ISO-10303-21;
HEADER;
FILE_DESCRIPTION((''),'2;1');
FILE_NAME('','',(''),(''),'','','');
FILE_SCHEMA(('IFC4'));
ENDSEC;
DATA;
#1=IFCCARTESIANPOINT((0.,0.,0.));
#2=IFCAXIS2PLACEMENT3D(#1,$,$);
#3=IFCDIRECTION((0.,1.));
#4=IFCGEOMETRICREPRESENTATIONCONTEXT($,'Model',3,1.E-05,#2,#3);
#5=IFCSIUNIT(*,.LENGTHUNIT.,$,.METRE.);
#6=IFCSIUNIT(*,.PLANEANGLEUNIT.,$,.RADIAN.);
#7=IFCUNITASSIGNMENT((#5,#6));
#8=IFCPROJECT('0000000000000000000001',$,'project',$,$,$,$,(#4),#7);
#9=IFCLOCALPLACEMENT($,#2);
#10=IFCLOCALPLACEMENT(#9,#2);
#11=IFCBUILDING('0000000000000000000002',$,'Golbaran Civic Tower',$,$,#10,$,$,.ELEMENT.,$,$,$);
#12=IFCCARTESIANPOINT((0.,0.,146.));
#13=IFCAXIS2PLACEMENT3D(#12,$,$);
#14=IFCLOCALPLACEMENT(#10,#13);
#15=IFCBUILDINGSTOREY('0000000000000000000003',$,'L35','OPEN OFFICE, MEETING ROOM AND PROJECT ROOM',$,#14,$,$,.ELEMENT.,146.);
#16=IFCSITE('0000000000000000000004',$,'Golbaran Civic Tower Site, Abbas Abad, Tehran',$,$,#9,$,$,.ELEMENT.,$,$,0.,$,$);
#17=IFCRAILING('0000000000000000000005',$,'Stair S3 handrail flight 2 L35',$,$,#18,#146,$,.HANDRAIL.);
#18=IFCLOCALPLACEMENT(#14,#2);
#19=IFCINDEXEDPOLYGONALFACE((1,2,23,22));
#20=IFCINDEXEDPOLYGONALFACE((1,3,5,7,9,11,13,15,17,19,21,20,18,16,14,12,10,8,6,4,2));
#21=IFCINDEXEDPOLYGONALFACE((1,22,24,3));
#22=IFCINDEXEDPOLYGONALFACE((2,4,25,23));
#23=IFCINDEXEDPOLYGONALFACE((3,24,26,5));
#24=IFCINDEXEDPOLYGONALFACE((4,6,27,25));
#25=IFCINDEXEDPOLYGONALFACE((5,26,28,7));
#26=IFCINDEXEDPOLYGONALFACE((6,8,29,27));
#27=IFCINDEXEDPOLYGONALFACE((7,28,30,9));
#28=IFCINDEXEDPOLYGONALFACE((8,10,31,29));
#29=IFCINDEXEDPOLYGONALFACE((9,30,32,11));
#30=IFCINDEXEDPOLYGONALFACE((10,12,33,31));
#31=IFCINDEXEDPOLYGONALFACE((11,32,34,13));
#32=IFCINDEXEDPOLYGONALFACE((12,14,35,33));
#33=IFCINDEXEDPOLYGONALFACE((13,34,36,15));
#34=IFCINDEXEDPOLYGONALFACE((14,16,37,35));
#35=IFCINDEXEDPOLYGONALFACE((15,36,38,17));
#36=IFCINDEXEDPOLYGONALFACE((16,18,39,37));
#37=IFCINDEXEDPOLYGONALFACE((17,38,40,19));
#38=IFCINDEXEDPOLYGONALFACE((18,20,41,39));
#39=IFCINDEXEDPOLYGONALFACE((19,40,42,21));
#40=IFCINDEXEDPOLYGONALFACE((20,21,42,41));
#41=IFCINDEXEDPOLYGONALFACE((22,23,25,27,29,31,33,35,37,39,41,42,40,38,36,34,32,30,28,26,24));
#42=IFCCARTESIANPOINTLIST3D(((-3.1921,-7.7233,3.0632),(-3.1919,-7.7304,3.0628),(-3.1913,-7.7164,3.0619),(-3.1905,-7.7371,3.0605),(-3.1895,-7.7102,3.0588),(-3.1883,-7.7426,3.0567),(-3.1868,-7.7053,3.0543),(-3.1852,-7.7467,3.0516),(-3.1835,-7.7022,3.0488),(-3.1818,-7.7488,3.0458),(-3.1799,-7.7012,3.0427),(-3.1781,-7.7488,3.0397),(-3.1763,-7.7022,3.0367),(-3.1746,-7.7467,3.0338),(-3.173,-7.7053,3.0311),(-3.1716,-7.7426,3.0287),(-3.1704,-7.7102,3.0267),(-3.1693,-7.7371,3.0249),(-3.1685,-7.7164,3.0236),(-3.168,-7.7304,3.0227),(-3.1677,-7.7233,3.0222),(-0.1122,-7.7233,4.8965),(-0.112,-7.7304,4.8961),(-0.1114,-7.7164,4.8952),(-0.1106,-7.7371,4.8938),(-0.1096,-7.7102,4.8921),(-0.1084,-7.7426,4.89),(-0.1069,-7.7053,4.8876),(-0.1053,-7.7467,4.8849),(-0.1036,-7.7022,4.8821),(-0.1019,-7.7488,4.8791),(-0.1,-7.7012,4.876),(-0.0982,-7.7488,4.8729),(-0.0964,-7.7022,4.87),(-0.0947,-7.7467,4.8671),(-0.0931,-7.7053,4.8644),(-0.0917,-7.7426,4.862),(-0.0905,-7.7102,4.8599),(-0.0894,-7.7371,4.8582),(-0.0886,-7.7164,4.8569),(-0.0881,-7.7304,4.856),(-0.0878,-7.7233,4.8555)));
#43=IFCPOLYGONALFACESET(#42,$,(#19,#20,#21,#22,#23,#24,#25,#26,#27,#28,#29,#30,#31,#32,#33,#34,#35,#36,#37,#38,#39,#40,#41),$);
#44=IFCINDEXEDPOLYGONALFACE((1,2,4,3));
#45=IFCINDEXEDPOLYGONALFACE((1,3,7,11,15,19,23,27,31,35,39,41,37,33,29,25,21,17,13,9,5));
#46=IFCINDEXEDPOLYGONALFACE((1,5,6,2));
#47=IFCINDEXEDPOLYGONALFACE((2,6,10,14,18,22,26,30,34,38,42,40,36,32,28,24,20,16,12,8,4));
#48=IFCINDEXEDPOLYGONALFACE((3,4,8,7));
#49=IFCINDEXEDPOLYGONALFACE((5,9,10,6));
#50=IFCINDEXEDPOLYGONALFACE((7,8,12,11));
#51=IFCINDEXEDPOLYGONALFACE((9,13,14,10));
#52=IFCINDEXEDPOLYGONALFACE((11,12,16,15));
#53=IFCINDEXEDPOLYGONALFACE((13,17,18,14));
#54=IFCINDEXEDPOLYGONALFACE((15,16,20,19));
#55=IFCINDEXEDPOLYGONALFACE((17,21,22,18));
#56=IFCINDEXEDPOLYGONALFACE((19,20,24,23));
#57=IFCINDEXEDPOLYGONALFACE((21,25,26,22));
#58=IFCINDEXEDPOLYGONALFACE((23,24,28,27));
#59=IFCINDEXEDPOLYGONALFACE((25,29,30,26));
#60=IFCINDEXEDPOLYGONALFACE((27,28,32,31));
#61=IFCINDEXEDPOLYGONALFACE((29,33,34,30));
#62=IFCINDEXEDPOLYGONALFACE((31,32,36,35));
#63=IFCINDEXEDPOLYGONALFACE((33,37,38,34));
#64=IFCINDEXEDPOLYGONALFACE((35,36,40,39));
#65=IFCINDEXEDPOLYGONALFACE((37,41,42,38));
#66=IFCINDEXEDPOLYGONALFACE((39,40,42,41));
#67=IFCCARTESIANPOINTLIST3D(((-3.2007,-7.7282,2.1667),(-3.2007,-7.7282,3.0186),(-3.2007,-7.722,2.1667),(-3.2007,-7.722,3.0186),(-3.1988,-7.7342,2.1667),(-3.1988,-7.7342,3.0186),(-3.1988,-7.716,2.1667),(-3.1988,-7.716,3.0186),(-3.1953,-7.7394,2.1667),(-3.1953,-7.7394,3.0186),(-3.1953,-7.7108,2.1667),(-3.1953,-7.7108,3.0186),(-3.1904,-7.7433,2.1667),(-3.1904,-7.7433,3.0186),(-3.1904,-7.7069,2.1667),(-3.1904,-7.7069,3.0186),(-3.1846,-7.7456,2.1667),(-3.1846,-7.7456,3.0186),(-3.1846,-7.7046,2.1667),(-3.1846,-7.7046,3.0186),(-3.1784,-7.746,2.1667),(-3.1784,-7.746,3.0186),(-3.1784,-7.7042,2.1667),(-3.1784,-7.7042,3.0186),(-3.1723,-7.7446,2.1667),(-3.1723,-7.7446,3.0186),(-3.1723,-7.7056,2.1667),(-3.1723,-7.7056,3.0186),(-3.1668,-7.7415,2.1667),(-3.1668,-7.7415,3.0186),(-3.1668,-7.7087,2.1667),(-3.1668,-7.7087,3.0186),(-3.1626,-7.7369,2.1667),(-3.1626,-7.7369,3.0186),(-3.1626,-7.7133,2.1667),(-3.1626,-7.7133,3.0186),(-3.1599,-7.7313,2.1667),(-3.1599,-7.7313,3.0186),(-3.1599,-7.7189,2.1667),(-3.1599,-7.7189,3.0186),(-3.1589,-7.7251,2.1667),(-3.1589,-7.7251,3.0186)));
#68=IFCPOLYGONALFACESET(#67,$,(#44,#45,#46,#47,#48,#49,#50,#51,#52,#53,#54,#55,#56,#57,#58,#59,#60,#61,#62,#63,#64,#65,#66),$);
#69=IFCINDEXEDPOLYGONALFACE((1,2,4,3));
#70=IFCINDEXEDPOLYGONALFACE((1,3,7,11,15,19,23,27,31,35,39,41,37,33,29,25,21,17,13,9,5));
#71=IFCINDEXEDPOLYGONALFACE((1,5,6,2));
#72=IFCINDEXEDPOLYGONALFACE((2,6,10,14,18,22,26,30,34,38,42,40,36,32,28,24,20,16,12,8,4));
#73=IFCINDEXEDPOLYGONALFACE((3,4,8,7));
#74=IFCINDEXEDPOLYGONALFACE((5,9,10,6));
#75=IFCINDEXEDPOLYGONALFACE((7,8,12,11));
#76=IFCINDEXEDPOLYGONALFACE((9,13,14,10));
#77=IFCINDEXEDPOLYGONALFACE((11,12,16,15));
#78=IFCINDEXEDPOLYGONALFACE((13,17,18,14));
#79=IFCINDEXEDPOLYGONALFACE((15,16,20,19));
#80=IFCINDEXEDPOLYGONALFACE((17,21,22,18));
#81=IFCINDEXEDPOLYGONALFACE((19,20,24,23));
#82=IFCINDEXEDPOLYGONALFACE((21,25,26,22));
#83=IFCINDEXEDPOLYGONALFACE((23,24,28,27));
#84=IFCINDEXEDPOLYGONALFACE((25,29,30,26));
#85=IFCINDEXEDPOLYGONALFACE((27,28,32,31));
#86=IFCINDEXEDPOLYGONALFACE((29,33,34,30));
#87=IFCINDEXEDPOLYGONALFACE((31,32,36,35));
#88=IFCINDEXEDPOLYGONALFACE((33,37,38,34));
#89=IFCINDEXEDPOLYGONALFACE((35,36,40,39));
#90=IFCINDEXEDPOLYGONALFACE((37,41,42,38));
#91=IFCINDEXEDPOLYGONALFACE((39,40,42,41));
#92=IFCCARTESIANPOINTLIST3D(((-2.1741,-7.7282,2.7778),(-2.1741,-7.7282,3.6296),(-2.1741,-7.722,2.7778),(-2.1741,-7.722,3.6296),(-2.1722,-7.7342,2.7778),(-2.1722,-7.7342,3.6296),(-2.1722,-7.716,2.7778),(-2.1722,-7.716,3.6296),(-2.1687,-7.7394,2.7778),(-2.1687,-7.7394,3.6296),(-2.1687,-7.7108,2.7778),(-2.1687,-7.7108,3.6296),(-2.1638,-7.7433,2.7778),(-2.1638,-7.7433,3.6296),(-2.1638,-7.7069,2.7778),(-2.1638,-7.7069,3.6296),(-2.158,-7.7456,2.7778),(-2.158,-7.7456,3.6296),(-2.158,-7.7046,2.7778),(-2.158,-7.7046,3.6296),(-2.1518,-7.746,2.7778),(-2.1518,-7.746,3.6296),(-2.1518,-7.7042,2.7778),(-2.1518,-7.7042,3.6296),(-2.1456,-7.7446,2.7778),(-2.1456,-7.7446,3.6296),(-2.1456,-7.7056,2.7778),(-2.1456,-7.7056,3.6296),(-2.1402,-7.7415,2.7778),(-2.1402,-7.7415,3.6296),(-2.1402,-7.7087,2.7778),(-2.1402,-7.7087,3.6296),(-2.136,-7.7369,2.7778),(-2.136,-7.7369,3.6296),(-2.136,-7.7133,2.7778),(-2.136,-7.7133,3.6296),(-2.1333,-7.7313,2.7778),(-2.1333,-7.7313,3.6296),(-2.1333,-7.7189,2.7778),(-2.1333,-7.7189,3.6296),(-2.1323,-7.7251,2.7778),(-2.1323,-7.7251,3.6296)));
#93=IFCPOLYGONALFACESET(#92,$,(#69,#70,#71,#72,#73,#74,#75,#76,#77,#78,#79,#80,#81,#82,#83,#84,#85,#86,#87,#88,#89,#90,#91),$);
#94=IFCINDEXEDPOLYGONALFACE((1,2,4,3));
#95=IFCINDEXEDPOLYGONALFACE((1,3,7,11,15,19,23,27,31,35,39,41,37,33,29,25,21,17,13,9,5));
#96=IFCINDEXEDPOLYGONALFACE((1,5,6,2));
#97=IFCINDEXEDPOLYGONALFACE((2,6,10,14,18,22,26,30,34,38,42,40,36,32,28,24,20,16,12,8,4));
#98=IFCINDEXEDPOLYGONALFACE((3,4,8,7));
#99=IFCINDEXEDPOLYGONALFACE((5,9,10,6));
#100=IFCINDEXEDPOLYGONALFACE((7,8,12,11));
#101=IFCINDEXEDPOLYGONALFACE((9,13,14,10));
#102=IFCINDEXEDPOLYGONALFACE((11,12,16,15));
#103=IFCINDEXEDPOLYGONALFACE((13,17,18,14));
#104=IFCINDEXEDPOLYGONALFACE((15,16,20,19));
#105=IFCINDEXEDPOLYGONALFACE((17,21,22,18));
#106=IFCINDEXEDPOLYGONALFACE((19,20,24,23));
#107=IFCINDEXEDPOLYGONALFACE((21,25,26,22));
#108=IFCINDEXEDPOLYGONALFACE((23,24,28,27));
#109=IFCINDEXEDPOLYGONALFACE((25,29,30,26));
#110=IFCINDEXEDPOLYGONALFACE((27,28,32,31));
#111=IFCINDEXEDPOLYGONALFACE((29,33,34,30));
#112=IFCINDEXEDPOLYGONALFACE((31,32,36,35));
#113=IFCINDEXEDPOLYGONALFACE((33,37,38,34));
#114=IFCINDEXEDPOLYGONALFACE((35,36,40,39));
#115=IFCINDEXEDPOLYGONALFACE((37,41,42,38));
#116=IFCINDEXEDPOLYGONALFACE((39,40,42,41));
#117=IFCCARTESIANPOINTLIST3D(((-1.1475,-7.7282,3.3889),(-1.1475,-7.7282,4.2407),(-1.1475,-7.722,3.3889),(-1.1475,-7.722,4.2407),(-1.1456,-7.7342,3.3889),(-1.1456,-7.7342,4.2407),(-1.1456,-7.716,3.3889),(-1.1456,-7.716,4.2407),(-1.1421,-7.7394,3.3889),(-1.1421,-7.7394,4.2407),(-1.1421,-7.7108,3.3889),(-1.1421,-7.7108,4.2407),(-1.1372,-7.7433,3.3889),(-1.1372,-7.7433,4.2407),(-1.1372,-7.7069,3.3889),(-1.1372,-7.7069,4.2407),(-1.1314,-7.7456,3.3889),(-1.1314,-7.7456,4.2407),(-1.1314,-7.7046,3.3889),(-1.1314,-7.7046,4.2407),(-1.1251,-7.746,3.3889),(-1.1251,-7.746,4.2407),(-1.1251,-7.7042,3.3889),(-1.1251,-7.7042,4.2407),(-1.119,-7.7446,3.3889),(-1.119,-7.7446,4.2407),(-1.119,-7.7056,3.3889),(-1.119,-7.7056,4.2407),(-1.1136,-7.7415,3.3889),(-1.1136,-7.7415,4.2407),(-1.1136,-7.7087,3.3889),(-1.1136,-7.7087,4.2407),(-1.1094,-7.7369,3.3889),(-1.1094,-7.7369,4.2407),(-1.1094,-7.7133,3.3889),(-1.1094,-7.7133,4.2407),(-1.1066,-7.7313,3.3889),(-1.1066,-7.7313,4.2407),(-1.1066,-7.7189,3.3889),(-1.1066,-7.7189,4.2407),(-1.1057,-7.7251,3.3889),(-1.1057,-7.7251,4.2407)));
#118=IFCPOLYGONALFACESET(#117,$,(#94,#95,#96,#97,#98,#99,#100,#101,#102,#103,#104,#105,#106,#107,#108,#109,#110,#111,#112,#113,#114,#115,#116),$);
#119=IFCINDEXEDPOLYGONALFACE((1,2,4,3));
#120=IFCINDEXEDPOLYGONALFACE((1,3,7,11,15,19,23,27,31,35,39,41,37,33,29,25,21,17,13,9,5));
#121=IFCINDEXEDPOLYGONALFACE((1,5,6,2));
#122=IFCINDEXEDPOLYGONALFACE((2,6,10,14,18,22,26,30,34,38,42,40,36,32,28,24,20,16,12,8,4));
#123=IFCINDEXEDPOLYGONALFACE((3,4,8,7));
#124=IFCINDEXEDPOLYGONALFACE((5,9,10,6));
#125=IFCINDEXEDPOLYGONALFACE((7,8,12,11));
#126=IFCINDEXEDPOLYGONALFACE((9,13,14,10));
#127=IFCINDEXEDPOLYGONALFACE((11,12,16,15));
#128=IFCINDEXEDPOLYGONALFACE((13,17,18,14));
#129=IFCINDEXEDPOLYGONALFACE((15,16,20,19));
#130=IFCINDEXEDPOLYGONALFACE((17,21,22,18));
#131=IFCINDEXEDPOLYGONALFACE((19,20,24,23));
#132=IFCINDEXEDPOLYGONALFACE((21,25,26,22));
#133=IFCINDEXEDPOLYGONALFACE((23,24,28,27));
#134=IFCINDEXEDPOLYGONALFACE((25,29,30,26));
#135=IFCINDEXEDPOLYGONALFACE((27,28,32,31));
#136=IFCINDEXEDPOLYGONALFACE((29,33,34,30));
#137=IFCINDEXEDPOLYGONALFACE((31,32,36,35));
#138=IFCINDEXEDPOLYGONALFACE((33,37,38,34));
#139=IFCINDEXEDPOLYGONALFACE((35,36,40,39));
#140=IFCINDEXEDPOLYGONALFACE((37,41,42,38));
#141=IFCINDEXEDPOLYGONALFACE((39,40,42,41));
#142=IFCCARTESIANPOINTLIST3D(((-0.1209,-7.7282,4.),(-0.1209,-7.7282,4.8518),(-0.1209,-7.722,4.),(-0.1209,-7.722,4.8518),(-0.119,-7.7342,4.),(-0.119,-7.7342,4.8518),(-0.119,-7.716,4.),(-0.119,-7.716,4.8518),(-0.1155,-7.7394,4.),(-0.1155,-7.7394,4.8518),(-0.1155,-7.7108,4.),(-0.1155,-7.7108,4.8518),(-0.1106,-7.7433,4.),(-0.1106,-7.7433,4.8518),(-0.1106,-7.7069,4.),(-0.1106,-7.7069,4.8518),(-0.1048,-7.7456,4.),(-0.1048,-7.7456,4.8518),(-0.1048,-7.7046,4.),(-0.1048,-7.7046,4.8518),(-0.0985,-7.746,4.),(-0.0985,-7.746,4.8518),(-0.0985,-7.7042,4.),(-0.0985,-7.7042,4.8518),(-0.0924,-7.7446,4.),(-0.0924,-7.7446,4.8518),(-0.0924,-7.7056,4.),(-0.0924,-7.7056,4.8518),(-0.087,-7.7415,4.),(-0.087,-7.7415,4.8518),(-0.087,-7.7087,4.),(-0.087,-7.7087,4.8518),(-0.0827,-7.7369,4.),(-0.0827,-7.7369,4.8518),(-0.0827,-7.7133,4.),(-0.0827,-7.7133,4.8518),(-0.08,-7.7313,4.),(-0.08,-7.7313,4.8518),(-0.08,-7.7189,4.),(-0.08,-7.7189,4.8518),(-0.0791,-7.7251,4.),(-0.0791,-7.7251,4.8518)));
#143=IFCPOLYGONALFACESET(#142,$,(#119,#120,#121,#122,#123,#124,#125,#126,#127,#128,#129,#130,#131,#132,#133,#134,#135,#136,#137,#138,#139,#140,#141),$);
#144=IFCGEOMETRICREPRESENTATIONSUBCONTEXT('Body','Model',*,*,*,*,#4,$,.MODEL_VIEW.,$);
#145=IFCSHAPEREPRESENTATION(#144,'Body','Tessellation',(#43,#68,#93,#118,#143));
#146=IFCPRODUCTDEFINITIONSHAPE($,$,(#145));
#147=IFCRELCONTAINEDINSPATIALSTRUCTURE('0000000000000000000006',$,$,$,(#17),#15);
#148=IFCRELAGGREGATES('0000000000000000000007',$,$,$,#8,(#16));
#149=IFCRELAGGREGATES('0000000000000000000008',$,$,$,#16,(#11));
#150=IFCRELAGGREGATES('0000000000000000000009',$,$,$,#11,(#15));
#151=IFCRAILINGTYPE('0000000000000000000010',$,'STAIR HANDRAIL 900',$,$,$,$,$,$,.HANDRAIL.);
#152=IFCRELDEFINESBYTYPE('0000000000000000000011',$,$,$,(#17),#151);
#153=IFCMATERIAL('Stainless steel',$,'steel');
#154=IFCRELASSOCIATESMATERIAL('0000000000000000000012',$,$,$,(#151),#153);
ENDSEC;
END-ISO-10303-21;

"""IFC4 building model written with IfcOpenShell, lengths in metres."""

from ifc_helpers import new_model, si_unit, direction, frame, origin, origin_2d, place, context, subcontext, project, spatial, circle, extrude, material, type_object, element, save


model = new_model("IFC4")

# Units and contexts
model_context = context("Model", 3, precision=1e-05, world=origin(), true_north=direction((0.0, 1.0)))
body_context = subcontext(model_context, "Body", "Model", "MODEL_VIEW")
ifc_project = project(units=[si_unit("LENGTHUNIT", "METRE"), si_unit("PLANEANGLEUNIT", "RADIAN")], contexts=[model_context])

# Site, building, storey
site_placement = place(None, origin())
site = spatial("IfcSite", under=ifc_project, at=site_placement, Name="Golbaran Civic Tower Site, Abbas Abad, Tehran", CompositionType="ELEMENT", RefElevation=0.0)
building_placement = place(site_placement, origin())
building = spatial("IfcBuilding", under=site, at=building_placement, Name="Golbaran Civic Tower", CompositionType="ELEMENT")
storey_placement = place(building_placement, frame((0.0, 0.0, 146.0)))
storey = spatial("IfcBuildingStorey", under=building, at=storey_placement, Name="L35", Description="OPEN OFFICE, MEETING ROOM AND PROJECT ROOM", CompositionType="ELEMENT", Elevation=146.0)

# Shared definitions
ifc_material_1 = material(Name="Stainless steel", Category="steel")

# Railing
railing_type = type_object("IfcRailingType", Name="STAIR HANDRAIL 900", PredefinedType="HANDRAIL", material=ifc_material_1)
railing_1_placement = place(storey_placement, frame((-3.1799, -7.7251, 2.1667)))
element("IfcRailing", 1, at=railing_1_placement, inside=storey, type_object=railing_type, Name="Stair S3 handrail flight 2 L35", PredefinedType="HANDRAIL", context=body_context, shape_type="SweptSolid", body=[
    extrude(circle(Radius=0.0239, at=origin_2d()), frame((0.0, 0.0, 0.876), z_axis=(0.859291, 0.0, 0.511487), x_axis=(0.0, 1.0, 0.0)), (0.0, 0.0, 1.0), 3.5842),
    extrude(circle(Radius=0.021, at=origin_2d()), origin(), (0.0, 0.0, 1.0), 0.8518),
    extrude(circle(Radius=0.021, at=origin_2d()), frame((1.0266, 0.0, 0.6111)), (0.0, 0.0, 1.0), 0.8518),
    extrude(circle(Radius=0.021, at=origin_2d()), frame((2.0532, 0.0, 1.2222)), (0.0, 0.0, 1.0), 0.8518),
    extrude(circle(Radius=0.021, at=origin_2d()), frame((3.0798, 0.0, 1.8333)), (0.0, 0.0, 1.0), 0.8518),
])

save(model, "model.ifc")
